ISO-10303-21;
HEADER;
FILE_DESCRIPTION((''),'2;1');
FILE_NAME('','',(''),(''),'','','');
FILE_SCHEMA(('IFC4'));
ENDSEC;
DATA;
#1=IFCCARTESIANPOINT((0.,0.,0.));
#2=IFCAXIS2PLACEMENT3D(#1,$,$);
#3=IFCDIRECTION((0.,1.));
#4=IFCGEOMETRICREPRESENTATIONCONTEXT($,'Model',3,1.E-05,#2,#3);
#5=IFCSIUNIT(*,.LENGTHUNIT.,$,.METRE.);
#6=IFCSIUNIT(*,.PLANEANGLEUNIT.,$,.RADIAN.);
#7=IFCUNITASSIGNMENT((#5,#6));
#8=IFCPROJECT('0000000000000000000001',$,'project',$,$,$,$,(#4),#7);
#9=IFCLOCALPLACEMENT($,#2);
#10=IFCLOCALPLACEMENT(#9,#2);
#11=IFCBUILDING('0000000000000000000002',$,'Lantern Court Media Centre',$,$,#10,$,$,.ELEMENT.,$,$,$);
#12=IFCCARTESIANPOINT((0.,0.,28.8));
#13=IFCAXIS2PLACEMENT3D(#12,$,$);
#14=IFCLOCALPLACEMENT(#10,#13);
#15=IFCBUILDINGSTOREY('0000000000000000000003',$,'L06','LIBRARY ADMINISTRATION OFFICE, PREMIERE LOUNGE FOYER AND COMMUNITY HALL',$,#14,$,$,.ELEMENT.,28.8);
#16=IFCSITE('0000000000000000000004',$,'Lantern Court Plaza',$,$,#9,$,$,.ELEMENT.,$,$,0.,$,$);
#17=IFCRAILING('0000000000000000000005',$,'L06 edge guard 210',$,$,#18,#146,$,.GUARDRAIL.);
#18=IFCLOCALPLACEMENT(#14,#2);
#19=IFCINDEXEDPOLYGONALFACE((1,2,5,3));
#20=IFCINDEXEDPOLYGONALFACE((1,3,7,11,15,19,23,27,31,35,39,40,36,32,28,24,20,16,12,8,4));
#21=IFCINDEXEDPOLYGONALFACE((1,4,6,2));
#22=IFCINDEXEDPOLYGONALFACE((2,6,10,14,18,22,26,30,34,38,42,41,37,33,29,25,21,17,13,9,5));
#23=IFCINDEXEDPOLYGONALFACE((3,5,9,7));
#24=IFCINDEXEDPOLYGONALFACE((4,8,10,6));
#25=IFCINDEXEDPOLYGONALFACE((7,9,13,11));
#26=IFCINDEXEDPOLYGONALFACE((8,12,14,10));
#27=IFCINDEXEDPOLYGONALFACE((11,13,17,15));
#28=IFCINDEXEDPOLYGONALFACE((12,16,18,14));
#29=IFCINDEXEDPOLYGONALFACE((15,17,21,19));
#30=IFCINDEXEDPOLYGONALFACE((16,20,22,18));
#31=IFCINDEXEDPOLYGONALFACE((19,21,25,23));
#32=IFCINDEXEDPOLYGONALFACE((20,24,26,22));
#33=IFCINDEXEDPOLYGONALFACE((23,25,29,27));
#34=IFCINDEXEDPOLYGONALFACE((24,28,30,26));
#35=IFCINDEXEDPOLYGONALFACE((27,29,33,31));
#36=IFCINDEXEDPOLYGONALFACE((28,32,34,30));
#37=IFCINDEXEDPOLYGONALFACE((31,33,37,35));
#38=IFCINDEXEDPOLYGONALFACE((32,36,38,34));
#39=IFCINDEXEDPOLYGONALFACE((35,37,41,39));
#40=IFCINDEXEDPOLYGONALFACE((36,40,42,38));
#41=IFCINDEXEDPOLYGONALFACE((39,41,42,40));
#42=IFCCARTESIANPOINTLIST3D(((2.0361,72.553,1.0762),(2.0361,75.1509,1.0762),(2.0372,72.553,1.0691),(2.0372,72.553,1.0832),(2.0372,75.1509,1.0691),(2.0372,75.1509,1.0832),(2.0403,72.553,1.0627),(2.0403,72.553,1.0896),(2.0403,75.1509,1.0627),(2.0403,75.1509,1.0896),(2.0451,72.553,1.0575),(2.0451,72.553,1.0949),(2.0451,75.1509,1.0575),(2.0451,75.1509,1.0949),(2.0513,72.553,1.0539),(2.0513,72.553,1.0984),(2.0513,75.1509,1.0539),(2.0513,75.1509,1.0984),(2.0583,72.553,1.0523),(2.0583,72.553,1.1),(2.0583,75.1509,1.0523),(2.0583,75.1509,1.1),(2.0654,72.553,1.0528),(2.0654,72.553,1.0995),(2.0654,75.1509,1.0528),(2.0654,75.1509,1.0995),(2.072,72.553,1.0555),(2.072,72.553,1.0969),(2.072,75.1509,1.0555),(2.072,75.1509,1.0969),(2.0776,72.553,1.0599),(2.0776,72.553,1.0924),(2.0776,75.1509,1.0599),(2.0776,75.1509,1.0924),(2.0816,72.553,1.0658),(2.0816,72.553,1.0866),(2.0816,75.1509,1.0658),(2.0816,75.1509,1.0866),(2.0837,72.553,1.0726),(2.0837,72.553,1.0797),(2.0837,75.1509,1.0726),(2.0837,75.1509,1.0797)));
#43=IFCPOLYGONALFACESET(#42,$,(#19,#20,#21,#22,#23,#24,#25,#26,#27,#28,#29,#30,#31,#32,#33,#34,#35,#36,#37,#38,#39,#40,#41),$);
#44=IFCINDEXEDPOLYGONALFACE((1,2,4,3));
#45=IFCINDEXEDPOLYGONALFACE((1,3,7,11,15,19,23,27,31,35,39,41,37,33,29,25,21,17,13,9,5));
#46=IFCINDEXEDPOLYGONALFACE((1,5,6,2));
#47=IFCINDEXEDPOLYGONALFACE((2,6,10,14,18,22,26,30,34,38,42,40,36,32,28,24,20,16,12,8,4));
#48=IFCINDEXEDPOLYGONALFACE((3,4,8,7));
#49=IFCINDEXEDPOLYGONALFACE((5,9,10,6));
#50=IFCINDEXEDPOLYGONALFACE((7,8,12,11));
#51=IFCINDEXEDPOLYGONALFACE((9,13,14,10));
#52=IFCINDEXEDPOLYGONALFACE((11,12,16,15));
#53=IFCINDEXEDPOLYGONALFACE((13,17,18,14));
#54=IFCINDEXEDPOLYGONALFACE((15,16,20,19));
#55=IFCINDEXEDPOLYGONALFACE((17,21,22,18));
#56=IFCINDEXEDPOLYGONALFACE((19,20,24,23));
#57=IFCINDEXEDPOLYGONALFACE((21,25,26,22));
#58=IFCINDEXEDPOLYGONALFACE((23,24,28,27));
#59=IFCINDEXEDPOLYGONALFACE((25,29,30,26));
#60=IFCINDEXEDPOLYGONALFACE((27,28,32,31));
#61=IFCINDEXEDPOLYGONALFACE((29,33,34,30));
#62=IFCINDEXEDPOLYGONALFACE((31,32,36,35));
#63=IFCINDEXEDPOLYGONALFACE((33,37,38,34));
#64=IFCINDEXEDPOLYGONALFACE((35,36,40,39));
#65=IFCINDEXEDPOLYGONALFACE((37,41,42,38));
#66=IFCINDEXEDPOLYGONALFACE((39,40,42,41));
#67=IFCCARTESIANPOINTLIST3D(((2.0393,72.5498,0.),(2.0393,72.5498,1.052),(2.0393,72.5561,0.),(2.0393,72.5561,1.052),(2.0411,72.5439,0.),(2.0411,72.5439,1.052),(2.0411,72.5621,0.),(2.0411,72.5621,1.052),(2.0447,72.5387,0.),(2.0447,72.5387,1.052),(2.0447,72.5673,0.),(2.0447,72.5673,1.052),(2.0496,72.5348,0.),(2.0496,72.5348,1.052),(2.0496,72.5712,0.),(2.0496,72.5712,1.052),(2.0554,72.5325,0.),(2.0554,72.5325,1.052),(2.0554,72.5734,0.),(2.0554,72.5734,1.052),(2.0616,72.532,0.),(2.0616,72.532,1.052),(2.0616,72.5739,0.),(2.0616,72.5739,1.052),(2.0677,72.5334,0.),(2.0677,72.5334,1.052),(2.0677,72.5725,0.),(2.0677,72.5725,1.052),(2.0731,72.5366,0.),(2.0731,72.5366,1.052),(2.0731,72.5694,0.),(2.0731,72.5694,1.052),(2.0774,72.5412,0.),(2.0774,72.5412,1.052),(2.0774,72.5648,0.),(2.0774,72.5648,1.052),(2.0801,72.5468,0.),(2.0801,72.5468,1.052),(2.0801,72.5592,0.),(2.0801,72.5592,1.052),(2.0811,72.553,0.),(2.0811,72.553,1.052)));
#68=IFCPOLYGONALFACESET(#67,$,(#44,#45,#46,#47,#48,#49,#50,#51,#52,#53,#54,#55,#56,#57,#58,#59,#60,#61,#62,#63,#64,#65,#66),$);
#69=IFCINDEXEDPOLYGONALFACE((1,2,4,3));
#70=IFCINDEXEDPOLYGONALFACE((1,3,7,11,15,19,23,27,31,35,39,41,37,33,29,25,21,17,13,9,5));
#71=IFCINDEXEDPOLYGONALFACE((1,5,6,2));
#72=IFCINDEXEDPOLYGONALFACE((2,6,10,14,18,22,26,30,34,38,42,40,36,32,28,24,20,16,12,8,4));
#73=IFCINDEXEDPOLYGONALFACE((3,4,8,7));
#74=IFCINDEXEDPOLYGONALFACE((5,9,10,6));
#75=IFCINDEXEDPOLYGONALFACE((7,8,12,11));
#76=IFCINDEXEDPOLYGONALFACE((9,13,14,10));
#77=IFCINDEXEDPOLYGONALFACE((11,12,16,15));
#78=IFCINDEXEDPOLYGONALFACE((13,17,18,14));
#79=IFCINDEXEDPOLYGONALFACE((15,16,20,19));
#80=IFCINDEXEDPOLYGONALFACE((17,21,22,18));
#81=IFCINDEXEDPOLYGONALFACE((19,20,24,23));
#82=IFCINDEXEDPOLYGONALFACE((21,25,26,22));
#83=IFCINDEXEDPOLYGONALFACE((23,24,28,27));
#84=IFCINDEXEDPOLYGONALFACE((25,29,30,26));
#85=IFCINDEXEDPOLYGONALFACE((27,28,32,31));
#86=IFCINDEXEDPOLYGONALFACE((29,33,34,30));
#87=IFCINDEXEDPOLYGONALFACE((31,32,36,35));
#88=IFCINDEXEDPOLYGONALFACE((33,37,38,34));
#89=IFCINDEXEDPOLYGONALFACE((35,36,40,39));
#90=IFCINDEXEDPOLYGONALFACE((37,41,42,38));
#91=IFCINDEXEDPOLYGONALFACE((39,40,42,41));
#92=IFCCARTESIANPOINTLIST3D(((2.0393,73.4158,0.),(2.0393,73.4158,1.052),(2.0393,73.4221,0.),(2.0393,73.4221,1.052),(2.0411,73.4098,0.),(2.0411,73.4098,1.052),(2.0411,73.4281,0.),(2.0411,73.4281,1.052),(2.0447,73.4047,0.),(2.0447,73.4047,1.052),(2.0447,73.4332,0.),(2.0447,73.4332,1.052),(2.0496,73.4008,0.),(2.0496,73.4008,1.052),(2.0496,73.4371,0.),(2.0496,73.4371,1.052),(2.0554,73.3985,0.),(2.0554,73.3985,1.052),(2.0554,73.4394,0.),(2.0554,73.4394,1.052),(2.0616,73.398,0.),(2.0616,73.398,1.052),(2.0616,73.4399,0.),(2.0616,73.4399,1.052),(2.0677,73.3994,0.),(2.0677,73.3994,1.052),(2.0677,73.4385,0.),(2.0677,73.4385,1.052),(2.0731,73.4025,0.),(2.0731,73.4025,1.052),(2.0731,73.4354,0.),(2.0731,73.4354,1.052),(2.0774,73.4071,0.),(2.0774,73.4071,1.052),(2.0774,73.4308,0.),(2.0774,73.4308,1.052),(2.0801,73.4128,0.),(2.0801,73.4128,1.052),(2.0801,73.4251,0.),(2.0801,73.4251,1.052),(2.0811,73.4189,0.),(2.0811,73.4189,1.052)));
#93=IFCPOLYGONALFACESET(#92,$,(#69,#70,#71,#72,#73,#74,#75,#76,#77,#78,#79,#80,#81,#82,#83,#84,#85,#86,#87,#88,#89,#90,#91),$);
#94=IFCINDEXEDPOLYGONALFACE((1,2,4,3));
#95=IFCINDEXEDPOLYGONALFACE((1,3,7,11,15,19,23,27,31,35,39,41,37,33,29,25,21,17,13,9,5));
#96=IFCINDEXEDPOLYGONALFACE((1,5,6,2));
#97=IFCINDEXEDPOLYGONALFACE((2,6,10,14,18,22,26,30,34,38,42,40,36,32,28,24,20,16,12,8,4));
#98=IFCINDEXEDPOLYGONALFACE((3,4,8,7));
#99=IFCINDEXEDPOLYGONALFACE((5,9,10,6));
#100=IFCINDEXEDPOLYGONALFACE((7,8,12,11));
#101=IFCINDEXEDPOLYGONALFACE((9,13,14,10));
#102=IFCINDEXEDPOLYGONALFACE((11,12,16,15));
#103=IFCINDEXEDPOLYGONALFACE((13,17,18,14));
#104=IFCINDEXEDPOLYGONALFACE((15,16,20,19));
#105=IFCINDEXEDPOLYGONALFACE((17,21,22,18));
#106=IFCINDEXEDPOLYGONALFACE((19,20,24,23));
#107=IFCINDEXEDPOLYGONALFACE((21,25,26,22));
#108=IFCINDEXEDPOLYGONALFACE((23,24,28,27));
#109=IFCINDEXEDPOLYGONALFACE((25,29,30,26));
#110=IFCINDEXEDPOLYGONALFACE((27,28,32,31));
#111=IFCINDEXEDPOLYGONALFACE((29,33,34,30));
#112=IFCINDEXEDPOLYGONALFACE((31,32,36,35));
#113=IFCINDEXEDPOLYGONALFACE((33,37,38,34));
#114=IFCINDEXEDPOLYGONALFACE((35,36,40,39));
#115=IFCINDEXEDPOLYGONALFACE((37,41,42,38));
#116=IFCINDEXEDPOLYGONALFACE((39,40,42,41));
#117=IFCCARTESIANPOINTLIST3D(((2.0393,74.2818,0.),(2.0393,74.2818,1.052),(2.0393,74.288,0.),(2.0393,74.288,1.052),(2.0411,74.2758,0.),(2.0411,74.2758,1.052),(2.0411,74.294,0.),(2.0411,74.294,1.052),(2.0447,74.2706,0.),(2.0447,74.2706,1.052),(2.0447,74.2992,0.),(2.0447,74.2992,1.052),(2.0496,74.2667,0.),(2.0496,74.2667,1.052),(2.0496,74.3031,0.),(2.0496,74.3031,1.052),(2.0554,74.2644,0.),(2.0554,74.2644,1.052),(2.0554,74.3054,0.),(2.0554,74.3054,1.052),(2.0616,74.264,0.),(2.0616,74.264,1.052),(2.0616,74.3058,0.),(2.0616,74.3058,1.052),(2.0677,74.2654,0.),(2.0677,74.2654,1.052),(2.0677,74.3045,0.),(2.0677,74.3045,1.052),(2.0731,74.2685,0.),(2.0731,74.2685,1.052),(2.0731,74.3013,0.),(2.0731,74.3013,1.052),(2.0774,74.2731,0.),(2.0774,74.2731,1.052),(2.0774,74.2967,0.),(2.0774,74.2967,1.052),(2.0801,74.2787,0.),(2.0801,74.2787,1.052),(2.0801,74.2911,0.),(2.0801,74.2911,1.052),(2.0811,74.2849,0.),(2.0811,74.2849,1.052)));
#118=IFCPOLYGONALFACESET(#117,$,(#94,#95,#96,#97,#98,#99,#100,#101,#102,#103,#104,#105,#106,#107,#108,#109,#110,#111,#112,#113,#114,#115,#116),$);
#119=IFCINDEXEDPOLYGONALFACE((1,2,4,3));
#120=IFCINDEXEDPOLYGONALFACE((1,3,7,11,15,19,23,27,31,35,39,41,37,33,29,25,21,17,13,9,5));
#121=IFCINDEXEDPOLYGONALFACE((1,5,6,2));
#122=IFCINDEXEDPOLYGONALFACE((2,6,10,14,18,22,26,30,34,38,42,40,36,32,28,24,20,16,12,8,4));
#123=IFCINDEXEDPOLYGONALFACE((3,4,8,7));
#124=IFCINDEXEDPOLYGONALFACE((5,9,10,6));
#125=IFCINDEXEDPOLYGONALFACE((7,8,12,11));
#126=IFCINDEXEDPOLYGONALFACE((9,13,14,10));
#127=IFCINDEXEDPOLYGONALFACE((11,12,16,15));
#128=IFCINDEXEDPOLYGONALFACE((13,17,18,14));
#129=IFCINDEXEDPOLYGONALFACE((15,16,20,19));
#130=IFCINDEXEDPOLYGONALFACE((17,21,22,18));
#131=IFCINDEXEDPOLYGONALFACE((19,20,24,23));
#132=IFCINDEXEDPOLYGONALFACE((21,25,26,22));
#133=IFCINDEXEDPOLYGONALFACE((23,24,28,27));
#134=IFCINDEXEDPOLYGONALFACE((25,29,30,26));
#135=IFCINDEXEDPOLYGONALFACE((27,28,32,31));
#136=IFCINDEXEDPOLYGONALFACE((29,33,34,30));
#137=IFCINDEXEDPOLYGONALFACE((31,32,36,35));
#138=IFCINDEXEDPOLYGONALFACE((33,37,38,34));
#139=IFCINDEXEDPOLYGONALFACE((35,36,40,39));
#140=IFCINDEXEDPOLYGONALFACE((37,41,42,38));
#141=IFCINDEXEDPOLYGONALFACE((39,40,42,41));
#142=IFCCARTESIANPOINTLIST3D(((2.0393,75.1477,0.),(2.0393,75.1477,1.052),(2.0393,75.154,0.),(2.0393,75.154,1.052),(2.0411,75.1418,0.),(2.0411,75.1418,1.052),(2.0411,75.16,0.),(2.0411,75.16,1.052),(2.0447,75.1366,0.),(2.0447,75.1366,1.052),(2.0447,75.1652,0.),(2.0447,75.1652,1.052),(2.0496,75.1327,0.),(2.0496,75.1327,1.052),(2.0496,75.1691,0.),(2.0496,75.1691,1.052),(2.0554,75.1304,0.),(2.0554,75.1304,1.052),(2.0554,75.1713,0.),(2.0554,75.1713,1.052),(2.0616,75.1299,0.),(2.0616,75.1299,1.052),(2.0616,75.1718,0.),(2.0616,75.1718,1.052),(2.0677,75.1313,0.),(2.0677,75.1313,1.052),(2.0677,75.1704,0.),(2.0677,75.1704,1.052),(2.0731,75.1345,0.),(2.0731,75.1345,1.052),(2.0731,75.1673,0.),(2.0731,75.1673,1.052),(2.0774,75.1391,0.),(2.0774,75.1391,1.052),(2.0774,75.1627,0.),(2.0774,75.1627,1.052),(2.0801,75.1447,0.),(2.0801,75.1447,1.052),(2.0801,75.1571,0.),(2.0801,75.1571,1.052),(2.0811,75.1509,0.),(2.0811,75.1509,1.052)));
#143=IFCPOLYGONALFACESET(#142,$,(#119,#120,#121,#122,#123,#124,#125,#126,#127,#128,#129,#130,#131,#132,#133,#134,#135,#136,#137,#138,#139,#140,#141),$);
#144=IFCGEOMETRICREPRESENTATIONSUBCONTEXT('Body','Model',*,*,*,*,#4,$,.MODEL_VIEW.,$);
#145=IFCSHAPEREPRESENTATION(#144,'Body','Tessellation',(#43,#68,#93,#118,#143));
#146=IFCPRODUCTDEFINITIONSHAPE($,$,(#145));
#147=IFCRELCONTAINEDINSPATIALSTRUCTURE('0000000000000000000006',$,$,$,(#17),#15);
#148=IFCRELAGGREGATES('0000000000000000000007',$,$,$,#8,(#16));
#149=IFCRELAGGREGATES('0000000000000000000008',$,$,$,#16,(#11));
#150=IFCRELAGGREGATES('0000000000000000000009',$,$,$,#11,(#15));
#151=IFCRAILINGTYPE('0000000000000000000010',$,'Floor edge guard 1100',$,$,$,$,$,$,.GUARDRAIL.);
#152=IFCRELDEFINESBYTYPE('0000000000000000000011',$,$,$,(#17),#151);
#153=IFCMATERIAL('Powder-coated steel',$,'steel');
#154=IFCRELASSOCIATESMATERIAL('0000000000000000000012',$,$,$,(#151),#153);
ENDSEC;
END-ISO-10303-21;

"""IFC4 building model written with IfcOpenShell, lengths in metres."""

from ifc_helpers import new_model, si_unit, direction, frame, origin, origin_2d, place, context, subcontext, project, spatial, circle, extrude, material, type_object, element, save


model = new_model("IFC4")

# Units and contexts
model_context = context("Model", 3, precision=1e-05, world=origin(), true_north=direction((0.0, 1.0)))
body_context = subcontext(model_context, "Body", "Model", "MODEL_VIEW")
ifc_project = project(units=[si_unit("LENGTHUNIT", "METRE"), si_unit("PLANEANGLEUNIT", "RADIAN")], contexts=[model_context])

# Site, building, storey
site_placement = place(None, origin())
site = spatial("IfcSite", under=ifc_project, at=site_placement, Name="Lantern Court Plaza", CompositionType="ELEMENT", RefElevation=0.0)
building_placement = place(site_placement, origin())
building = spatial("IfcBuilding", under=site, at=building_placement, Name="Lantern Court Media Centre", CompositionType="ELEMENT")
storey_placement = place(building_placement, frame((0.0, 0.0, 28.8)))
storey = spatial("IfcBuildingStorey", under=building, at=storey_placement, Name="L06", Description="LIBRARY ADMINISTRATION OFFICE, PREMIERE LOUNGE FOYER AND COMMUNITY HALL", CompositionType="ELEMENT", Elevation=28.8)

# Railing
ifc_material_1 = material(Name="Powder-coated steel", Category="steel")
railing_type = type_object("IfcRailingType", Name="Floor edge guard 1100", PredefinedType="GUARDRAIL", material=ifc_material_1)
railing_1_placement = place(storey_placement, frame((2.0601, 72.553, 0.0)))
element("IfcRailing", 1, at=railing_1_placement, inside=storey, type_object=railing_type, Name="L06 edge guard 210", PredefinedType="GUARDRAIL", context=body_context, shape_type="SweptSolid", body=[
    extrude(circle(Radius=0.0239, at=origin_2d()), frame((0.0, 0.0, 1.0762), z_axis=(0.0, 1.0, 0.0), x_axis=(-1.0, 0.0, 0.0)), (0.0, 0.0, 1.0), 2.5979),
    extrude(circle(Radius=0.021, at=origin_2d()), origin(), (0.0, 0.0, 1.0), 1.052),
    extrude(circle(Radius=0.021, at=origin_2d()), frame((0.0, 0.866, 0.0)), (0.0, 0.0, 1.0), 1.052),
    extrude(circle(Radius=0.021, at=origin_2d()), frame((0.0, 1.7319, 0.0)), (0.0, 0.0, 1.0), 1.052),
    extrude(circle(Radius=0.021, at=origin_2d()), frame((0.0, 2.5979, 0.0)), (0.0, 0.0, 1.0), 1.052),
])

save(model, "model.ifc")
